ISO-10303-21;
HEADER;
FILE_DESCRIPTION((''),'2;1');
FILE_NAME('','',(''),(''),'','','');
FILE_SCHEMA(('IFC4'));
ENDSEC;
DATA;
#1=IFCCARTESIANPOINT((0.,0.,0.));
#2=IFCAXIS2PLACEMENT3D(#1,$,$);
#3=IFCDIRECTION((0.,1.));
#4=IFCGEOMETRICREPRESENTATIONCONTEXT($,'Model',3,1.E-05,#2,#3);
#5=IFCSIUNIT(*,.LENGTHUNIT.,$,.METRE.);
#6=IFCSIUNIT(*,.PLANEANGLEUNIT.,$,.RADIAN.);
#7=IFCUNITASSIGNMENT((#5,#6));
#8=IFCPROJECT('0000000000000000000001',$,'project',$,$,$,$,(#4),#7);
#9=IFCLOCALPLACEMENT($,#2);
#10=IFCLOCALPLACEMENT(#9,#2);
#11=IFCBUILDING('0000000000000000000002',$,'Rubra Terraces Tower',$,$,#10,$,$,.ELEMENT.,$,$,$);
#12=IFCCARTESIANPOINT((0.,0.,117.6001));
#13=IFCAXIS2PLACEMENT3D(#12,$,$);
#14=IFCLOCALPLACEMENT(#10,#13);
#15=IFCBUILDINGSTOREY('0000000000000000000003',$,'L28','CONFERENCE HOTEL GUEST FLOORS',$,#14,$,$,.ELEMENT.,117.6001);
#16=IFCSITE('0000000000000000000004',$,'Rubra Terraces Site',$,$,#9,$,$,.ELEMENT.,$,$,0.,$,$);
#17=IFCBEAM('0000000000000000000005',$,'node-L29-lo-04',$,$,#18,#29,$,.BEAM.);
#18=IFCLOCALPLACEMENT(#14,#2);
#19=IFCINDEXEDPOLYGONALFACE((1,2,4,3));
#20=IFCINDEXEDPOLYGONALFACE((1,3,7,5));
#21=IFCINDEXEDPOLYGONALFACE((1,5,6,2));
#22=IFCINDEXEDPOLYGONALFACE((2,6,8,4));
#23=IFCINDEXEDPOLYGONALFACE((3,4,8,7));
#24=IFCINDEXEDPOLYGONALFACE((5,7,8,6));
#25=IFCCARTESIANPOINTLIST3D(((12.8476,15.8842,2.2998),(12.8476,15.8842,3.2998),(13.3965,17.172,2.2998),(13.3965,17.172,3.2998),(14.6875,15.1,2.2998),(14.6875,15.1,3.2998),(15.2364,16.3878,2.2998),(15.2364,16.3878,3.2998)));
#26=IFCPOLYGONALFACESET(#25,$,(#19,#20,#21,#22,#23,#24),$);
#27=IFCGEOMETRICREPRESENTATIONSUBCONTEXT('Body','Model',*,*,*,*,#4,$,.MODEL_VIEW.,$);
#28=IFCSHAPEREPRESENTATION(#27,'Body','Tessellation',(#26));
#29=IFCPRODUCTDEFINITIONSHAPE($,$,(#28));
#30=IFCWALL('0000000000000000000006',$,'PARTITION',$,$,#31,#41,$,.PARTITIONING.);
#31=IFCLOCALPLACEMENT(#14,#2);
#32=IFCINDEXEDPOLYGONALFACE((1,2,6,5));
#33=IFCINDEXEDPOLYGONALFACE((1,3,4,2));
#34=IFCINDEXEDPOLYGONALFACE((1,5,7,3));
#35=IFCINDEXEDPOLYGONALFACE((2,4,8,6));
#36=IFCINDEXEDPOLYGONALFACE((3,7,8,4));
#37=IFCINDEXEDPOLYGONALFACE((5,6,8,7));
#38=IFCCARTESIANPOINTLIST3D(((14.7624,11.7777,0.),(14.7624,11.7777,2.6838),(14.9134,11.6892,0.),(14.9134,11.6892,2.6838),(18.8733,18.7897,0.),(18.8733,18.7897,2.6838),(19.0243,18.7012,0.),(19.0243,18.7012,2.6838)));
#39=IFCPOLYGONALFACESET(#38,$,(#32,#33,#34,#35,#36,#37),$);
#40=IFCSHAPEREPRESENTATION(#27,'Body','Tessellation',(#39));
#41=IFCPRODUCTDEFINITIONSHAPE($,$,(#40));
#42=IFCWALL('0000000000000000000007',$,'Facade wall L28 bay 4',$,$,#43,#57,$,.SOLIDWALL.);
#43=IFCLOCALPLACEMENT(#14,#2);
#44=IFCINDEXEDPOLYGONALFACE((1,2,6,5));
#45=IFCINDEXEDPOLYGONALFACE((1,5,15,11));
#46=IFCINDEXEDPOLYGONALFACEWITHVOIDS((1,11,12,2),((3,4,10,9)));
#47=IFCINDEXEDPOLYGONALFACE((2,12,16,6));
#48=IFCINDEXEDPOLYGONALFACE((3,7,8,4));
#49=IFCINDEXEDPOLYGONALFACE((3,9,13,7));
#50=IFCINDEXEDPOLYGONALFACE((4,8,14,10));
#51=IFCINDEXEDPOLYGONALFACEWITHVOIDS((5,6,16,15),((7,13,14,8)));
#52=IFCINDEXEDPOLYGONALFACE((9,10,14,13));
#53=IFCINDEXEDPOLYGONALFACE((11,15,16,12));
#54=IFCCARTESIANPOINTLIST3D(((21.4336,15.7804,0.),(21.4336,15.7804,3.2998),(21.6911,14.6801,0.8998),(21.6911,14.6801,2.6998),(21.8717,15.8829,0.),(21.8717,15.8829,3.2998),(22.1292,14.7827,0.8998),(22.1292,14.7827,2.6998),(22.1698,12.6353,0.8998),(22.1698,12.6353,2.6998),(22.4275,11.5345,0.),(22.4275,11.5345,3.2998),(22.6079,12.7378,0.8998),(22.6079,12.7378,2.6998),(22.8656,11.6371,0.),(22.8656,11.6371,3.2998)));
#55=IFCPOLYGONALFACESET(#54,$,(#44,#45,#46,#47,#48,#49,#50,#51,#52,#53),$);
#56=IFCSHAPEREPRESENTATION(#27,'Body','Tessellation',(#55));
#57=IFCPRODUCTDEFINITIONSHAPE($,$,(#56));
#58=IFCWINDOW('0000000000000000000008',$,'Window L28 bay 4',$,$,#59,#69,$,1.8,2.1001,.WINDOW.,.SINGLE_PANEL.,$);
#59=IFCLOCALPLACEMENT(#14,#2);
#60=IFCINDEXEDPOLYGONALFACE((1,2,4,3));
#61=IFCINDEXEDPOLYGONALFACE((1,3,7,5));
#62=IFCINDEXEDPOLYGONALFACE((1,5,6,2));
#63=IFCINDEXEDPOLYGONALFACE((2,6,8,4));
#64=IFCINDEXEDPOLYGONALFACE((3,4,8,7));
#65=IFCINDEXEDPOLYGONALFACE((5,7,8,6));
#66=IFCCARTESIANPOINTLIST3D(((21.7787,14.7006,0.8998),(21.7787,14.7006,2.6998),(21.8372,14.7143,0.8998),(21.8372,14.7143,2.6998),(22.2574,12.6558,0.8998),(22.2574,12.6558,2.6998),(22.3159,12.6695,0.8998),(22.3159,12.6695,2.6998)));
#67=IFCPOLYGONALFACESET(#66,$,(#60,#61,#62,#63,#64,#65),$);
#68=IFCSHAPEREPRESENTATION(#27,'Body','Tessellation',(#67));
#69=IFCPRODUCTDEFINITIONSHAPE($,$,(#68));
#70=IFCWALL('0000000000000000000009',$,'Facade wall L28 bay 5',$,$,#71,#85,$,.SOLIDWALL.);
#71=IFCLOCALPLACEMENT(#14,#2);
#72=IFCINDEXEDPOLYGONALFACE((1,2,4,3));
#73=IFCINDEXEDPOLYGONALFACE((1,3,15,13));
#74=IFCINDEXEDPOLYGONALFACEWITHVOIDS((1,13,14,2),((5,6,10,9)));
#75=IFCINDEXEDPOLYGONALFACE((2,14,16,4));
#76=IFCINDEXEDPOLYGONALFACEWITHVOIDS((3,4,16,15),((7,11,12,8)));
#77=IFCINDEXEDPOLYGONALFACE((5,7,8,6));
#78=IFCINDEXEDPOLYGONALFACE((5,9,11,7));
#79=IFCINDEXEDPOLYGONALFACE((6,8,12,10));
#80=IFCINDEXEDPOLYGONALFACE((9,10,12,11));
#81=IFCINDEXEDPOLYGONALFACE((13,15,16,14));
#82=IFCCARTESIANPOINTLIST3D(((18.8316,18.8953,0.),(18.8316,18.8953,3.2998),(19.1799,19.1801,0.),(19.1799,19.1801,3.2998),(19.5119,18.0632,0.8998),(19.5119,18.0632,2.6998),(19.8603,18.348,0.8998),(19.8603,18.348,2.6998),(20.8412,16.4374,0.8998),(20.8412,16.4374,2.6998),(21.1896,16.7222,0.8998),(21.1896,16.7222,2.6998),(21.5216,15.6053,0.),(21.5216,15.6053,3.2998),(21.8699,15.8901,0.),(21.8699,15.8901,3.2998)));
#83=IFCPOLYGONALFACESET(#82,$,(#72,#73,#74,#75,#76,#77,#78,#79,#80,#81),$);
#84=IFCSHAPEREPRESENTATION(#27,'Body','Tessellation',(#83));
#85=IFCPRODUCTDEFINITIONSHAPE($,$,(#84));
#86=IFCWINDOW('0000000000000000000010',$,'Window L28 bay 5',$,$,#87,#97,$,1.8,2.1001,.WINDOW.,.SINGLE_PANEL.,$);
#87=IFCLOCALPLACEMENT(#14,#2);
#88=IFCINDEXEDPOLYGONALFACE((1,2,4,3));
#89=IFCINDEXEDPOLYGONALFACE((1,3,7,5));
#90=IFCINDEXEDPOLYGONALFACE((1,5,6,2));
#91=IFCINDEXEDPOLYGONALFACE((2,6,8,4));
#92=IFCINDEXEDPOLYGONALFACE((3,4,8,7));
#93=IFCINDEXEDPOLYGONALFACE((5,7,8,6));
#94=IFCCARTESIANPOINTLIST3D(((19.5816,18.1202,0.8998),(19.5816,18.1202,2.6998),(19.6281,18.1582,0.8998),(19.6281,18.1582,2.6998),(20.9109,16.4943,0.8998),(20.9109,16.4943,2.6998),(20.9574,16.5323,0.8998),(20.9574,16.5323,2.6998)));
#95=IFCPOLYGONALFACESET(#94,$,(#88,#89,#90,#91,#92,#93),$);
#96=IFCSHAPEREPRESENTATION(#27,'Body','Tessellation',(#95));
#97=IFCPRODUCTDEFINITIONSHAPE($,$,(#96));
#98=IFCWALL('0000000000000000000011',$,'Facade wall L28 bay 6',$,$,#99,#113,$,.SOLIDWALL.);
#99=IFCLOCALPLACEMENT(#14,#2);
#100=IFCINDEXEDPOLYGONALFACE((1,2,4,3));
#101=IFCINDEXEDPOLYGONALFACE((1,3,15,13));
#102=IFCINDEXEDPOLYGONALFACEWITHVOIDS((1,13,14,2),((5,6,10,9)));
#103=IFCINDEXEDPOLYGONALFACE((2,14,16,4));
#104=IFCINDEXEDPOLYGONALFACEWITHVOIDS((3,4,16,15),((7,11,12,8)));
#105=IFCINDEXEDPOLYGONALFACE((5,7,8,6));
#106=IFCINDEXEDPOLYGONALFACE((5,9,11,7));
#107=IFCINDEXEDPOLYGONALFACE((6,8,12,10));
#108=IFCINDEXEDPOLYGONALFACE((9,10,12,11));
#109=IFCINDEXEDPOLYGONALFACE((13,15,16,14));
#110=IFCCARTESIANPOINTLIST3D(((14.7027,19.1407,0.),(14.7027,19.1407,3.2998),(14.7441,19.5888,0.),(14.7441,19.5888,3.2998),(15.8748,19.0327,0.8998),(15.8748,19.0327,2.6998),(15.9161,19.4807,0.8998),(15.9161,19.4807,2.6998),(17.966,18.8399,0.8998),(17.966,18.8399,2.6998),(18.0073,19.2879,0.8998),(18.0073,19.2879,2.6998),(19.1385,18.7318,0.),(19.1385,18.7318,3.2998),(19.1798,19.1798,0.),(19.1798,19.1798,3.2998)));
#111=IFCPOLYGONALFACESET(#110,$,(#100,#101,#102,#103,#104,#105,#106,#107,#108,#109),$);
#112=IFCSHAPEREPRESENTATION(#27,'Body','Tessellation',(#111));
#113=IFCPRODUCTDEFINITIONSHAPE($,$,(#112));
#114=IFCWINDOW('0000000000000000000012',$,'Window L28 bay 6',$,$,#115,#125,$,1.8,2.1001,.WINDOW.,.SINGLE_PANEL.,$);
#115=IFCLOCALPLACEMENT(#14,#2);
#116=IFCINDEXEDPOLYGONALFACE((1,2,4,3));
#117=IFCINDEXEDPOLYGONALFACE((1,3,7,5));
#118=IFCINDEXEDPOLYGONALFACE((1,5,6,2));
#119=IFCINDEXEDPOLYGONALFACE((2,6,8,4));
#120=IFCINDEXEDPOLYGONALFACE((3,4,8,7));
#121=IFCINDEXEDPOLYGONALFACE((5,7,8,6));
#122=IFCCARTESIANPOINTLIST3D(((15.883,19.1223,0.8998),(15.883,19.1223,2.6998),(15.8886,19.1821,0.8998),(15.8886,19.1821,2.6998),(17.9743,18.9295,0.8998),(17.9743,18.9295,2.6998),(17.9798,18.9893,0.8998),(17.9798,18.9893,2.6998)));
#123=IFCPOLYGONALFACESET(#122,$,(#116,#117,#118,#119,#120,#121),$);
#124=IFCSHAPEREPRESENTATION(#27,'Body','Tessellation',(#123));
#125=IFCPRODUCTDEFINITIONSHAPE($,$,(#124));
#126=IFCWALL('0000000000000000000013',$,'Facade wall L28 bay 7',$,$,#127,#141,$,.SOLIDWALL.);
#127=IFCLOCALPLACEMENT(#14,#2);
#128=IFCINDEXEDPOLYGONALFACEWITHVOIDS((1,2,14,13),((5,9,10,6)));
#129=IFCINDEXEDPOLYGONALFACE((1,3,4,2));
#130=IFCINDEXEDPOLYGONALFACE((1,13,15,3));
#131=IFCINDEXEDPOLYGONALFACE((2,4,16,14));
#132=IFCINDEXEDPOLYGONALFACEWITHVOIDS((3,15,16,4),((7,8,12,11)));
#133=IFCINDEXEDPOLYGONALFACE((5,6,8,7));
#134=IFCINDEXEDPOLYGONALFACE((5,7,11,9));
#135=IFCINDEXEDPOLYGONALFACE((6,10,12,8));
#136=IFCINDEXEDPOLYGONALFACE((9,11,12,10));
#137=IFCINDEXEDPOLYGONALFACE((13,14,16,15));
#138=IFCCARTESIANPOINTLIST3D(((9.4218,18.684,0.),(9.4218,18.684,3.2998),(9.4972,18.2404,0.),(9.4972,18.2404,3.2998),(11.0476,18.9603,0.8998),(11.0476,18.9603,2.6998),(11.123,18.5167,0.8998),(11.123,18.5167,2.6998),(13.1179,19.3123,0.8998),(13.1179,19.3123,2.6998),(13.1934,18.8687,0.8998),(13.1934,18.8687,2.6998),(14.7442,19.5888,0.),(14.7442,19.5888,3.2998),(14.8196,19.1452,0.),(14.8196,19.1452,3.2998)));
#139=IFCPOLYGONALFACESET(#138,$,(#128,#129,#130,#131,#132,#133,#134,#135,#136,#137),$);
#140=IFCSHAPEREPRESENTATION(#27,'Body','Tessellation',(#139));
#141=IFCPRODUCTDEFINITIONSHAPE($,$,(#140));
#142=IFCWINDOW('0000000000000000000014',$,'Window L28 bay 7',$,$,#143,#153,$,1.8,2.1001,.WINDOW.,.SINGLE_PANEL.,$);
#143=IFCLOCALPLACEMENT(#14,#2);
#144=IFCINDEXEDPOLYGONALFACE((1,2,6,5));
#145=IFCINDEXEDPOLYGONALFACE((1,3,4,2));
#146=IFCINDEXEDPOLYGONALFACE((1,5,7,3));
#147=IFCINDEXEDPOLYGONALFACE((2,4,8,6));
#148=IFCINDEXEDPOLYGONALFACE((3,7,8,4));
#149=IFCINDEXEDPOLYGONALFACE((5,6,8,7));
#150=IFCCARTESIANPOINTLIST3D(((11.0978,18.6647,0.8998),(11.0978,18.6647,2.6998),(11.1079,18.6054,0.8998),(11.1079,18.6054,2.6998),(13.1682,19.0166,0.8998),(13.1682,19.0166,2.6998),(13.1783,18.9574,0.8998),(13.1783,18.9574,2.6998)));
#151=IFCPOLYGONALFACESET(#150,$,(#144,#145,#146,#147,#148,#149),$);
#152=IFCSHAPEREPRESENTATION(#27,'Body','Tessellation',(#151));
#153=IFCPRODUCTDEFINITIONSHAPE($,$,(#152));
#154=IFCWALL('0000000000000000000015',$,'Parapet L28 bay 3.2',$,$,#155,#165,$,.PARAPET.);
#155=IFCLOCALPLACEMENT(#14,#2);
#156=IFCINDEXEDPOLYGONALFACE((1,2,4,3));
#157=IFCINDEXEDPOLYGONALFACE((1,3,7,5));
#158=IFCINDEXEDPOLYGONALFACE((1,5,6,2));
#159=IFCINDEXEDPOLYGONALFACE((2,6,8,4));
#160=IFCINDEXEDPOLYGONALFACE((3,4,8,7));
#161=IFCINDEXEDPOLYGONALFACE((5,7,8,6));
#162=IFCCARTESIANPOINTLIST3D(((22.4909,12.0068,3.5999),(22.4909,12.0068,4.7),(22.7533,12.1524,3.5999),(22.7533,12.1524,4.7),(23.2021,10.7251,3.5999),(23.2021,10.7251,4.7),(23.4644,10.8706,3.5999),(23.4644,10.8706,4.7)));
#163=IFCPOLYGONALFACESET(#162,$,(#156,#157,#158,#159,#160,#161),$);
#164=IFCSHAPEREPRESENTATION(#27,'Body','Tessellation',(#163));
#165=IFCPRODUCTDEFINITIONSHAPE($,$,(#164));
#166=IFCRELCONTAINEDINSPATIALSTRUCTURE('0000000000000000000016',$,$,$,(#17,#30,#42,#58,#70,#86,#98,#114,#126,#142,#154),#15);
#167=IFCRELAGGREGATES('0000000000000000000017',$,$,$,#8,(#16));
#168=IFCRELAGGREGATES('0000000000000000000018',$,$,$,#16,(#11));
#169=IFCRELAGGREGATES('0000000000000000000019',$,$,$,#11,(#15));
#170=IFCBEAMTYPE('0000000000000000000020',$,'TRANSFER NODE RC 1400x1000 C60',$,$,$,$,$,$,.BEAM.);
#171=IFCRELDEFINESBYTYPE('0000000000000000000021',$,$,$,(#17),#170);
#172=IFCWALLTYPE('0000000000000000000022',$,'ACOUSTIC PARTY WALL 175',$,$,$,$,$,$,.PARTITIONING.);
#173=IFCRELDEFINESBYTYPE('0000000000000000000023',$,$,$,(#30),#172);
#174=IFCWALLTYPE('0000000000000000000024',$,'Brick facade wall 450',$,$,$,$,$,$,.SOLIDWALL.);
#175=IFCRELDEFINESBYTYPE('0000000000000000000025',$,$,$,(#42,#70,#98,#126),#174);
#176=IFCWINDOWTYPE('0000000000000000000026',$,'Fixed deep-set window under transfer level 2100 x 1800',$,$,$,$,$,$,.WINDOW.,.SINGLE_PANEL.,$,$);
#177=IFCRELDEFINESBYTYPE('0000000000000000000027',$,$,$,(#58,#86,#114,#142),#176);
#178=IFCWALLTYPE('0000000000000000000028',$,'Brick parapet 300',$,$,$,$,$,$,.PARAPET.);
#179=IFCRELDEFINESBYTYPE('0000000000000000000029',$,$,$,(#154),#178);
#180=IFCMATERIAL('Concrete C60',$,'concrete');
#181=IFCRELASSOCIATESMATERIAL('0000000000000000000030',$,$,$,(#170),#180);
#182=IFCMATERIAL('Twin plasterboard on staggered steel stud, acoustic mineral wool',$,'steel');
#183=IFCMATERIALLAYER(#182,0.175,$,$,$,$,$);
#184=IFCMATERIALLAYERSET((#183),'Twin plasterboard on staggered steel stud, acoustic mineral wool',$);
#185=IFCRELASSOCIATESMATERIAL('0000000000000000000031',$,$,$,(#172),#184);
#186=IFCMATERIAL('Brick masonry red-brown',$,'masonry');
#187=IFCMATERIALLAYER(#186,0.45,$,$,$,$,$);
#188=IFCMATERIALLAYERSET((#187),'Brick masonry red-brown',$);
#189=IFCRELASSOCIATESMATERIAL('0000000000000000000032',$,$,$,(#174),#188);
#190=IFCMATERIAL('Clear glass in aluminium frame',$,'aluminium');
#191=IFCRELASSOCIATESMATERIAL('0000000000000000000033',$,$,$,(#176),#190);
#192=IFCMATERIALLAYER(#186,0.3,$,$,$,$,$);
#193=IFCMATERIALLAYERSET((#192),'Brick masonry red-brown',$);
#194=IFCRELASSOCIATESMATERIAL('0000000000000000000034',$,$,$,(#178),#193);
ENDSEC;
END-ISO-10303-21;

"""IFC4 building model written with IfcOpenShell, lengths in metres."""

from ifc_helpers import new_model, si_unit, direction, frame, frame_2d, origin, origin_2d, place, context, subcontext, project, spatial, rectangle, extrude, material, layer, layer_set, material_profile, profile_set, type_object, element, fill, save


model = new_model("IFC4")

# Units and contexts
model_context = context("Model", 3, precision=1e-05, world=origin(), true_north=direction((0.0, 1.0)))
body_context = subcontext(model_context, "Body", "Model", "MODEL_VIEW")
ifc_project = project(units=[si_unit("LENGTHUNIT", "METRE"), si_unit("PLANEANGLEUNIT", "RADIAN")], contexts=[model_context])

# Site, building, storey
site_placement = place(None, origin())
site = spatial("IfcSite", under=ifc_project, at=site_placement, Name="Rubra Terraces Site", CompositionType="ELEMENT", RefElevation=0.0)
building_placement = place(site_placement, origin())
building = spatial("IfcBuilding", under=site, at=building_placement, Name="Rubra Terraces Tower", CompositionType="ELEMENT")
storey_placement = place(building_placement, frame((0.0, 0.0, 117.6001)))
storey = spatial("IfcBuildingStorey", under=building, at=storey_placement, Name="L28", Description="CONFERENCE HOTEL GUEST FLOORS", CompositionType="ELEMENT", Elevation=117.6001)

# Shared definitions
ifc_material_1 = material(Name="Concrete C60", Category="concrete")

# Beam
ifc_material_profile_1 = material_profile(ifc_material_1, rectangle(XDim=1.3999, YDim=1.0, at=origin_2d()), Name="RC 1400x1000")
ifc_profile_set_1 = profile_set([ifc_material_profile_1], Name="Concrete C60")
beam_type_1 = type_object("IfcBeamType", Name="TRANSFER NODE RC 1400x1000 C60", PredefinedType="BEAM", material=ifc_profile_set_1)
beam_1_placement = place(storey_placement, frame((14.9619, 15.7439, 2.7998), z_axis=(-0.919926, 0.392092, 0.0), x_axis=(-0.392092, -0.919926, 0.0)))
element("IfcBeam", 1, at=beam_1_placement, inside=storey, type_object=beam_type_1, Name="node-L29-lo-04", PredefinedType="BEAM", context=body_context, shape_type="SweptSolid", body=[
    extrude(rectangle(XDim=1.3999, YDim=1.0, at=origin_2d()), origin(), (0.0, 0.0, 1.0), 2.0),
])

# Wall
ifc_material_2 = material(Name="Twin plasterboard on staggered steel stud, acoustic mineral wool", Category="steel")
ifc_layer_1 = layer(ifc_material_2, 0.175)
ifc_layer_set_1 = layer_set([ifc_layer_1], Name="Twin plasterboard on staggered steel stud, acoustic mineral wool")
wall_type_1 = type_object("IfcWallType", Name="ACOUSTIC PARTY WALL 175", PredefinedType="PARTITIONING", material=ifc_layer_set_1)
wall_1_placement = place(storey_placement, frame((18.9487, 18.7454, 0.0), z_axis=(0.0, 0.0, 1.0), x_axis=(-0.505754, -0.862678, 0.0)))
element("IfcWall", 2, at=wall_1_placement, inside=storey, type_object=wall_type_1, Name="PARTITION", PredefinedType="PARTITIONING", context=body_context, shape_type="SweptSolid", body=[
    extrude(rectangle(XDim=8.1282, YDim=0.175, at=frame_2d((4.064, 0.0))), origin(), (0.0, 0.0, 1.0), 2.6838),
])

# Walls, openings, windows
ifc_material_3 = material(Name="Brick masonry red-brown", Category="masonry")
ifc_layer_2 = layer(ifc_material_3, 0.45)
ifc_layer_set_2 = layer_set([ifc_layer_2], Name="Brick masonry red-brown")
wall_type_2 = type_object("IfcWallType", Name="Brick facade wall 450", PredefinedType="SOLIDWALL", material=ifc_layer_set_2)
wall_2_placement = place(storey_placement, frame((22.6465, 11.5859, 0.0), z_axis=(0.0, 0.0, 1.0), x_axis=(-0.227925, 0.973679, 0.0)))
wall_2 = element("IfcWall", 3, at=wall_2_placement, inside=storey, type_object=wall_type_2, Name="Facade wall L28 bay 4", PredefinedType="SOLIDWALL", context=body_context, shape_type="SweptSolid", body=[
    extrude(rectangle(XDim=4.3606, YDim=0.45, at=frame_2d((2.1802, 0.0))), origin(), (0.0, 0.0, 1.0), 3.2998),
])
opening_1_placement = place(wall_2_placement, frame((1.1304, 0.0, 0.8999)))
opening_1 = element("IfcOpeningElement", 4, at=opening_1_placement, cuts=wall_2, PredefinedType="OPENING", context=body_context, shape_type="SweptSolid", body=[
    extrude(rectangle(XDim=2.1001, YDim=1.8, at=frame_2d((1.05, 0.8999))), frame((0.0, 0.2349, 0.0), z_axis=(0.0, -1.0, 0.0), x_axis=(1.0, 0.0, 0.0)), (0.0, 0.0, 1.0), 0.47),
])
ifc_material_4 = material(Name="Clear glass in aluminium frame", Category="aluminium")
window_type = type_object("IfcWindowType", Name="Fixed deep-set window under transfer level 2100 x 1800", PartitioningType="SINGLE_PANEL", PredefinedType="WINDOW", material=ifc_material_4)
window_1_placement = place(opening_1_placement, origin())
window_1 = element("IfcWindow", 5, at=window_1_placement, inside=storey, type_object=window_type, Name="Window L28 bay 4", OverallHeight=1.8, OverallWidth=2.1001, PartitioningType="SINGLE_PANEL", PredefinedType="WINDOW", context=body_context, shape_type="SweptSolid", body=[
    extrude(rectangle(XDim=2.1001, YDim=1.8, at=frame_2d((1.05, 0.8999))), frame((0.0, 0.135, 0.0), z_axis=(0.0, -1.0, 0.0), x_axis=(1.0, 0.0, 0.0)), (0.0, 0.0, 1.0), 0.0601),
])
fill(opening_1, window_1)
wall_3_placement = place(storey_placement, frame((21.6958, 15.7476, 0.0), z_axis=(0.0, 0.0, 1.0), x_axis=(-0.632969, 0.774177, 0.0)))
wall_3 = element("IfcWall", 6, at=wall_3_placement, inside=storey, type_object=wall_type_2, Name="Facade wall L28 bay 5", PredefinedType="SOLIDWALL", context=body_context, shape_type="SweptSolid", body=[
    extrude(rectangle(XDim=4.2498, YDim=0.45, at=frame_2d((2.125, 0.0))), origin(), (0.0, 0.0, 1.0), 3.2998),
])
opening_2_placement = place(wall_3_placement, frame((1.075, 0.0, 0.8999)))
opening_2 = element("IfcOpeningElement", 7, at=opening_2_placement, cuts=wall_3, PredefinedType="OPENING", context=body_context, shape_type="SweptSolid", body=[
    extrude(rectangle(XDim=2.1001, YDim=1.8, at=frame_2d((1.05, 0.8999))), frame((0.0, 0.2349, 0.0), z_axis=(0.0, -1.0, 0.0), x_axis=(1.0, 0.0, 0.0)), (0.0, 0.0, 1.0), 0.47),
])
window_2_placement = place(opening_2_placement, origin())
window_2 = element("IfcWindow", 8, at=window_2_placement, inside=storey, type_object=window_type, Name="Window L28 bay 5", OverallHeight=1.8, OverallWidth=2.1001, PartitioningType="SINGLE_PANEL", PredefinedType="WINDOW", context=body_context, shape_type="SweptSolid", body=[
    extrude(rectangle(XDim=2.1001, YDim=1.8, at=frame_2d((1.05, 0.8999))), frame((0.0, 0.135, 0.0), z_axis=(0.0, -1.0, 0.0), x_axis=(1.0, 0.0, 0.0)), (0.0, 0.0, 1.0), 0.0601),
])
fill(opening_2, window_2)
wall_4_placement = place(storey_placement, frame((19.1592, 18.9558, 0.0), z_axis=(0.0, 0.0, 1.0), x_axis=(-0.995777, 0.091801, 0.0)))
wall_4 = element("IfcWall", 9, at=wall_4_placement, inside=storey, type_object=wall_type_2, Name="Facade wall L28 bay 6", PredefinedType="SOLIDWALL", context=body_context, shape_type="SweptSolid", body=[
    extrude(rectangle(XDim=4.4546, YDim=0.45, at=frame_2d((2.2273, 0.0))), origin(), (0.0, 0.0, 1.0), 3.2998),
])
opening_3_placement = place(wall_4_placement, frame((1.1775, 0.0, 0.8999)))
opening_3 = element("IfcOpeningElement", 10, at=opening_3_placement, cuts=wall_4, PredefinedType="OPENING", context=body_context, shape_type="SweptSolid", body=[
    extrude(rectangle(XDim=2.1001, YDim=1.8, at=frame_2d((1.05, 0.8999))), frame((0.0, 0.2349, 0.0), z_axis=(0.0, -1.0, 0.0), x_axis=(1.0, 0.0, 0.0)), (0.0, 0.0, 1.0), 0.47),
])
window_3_placement = place(opening_3_placement, origin())
window_3 = element("IfcWindow", 11, at=window_3_placement, inside=storey, type_object=window_type, Name="Window L28 bay 6", OverallHeight=1.8, OverallWidth=2.1001, PartitioningType="SINGLE_PANEL", PredefinedType="WINDOW", context=body_context, shape_type="SweptSolid", body=[
    extrude(rectangle(XDim=2.1001, YDim=1.8, at=frame_2d((1.05, 0.8999))), frame((0.0, 0.135, 0.0), z_axis=(0.0, -1.0, 0.0), x_axis=(1.0, 0.0, 0.0)), (0.0, 0.0, 1.0), 0.0601),
])
fill(opening_3, window_3)
wall_5_placement = place(storey_placement, frame((14.7817, 19.3669, 0.0), z_axis=(0.0, 0.0, 1.0), x_axis=(-0.985856, -0.167595, 0.0)))
wall_5 = element("IfcWall", 12, at=wall_5_placement, inside=storey, type_object=wall_type_2, Name="Facade wall L28 bay 7", PredefinedType="SOLIDWALL", context=body_context, shape_type="SweptSolid", body=[
    extrude(rectangle(XDim=5.3987, YDim=0.45, at=frame_2d((2.6992, 0.0))), origin(), (0.0, 0.0, 1.0), 3.2998),
])
opening_4_placement = place(wall_5_placement, frame((1.6494, 0.0, 0.8999)))
opening_4 = element("IfcOpeningElement", 13, at=opening_4_placement, cuts=wall_5, PredefinedType="OPENING", context=body_context, shape_type="SweptSolid", body=[
    extrude(rectangle(XDim=2.1001, YDim=1.8, at=frame_2d((1.05, 0.8999))), frame((0.0, 0.2349, 0.0), z_axis=(0.0, -1.0, 0.0), x_axis=(1.0, 0.0, 0.0)), (0.0, 0.0, 1.0), 0.47),
])
window_4_placement = place(opening_4_placement, origin())
window_4 = element("IfcWindow", 14, at=window_4_placement, inside=storey, type_object=window_type, Name="Window L28 bay 7", OverallHeight=1.8, OverallWidth=2.1001, PartitioningType="SINGLE_PANEL", PredefinedType="WINDOW", context=body_context, shape_type="SweptSolid", body=[
    extrude(rectangle(XDim=2.1001, YDim=1.8, at=frame_2d((1.05, 0.8999))), frame((0.0, 0.135, 0.0), z_axis=(0.0, -1.0, 0.0), x_axis=(1.0, 0.0, 0.0)), (0.0, 0.0, 1.0), 0.0601),
])
fill(opening_4, window_4)

# Wall
ifc_layer_3 = layer(ifc_material_3, 0.3)
ifc_layer_set_3 = layer_set([ifc_layer_3], Name="Brick masonry red-brown")
wall_type_3 = type_object("IfcWallType", Name="Brick parapet 300", PredefinedType="PARAPET", material=ifc_layer_set_3)
wall_6_placement = place(storey_placement, frame((23.3333, 10.7979, 3.5999), z_axis=(0.0, 0.0, 1.0), x_axis=(-0.485176, 0.874416, 0.0)))
element("IfcWall", 15, at=wall_6_placement, inside=storey, type_object=wall_type_3, Name="Parapet L28 bay 3.2", PredefinedType="PARAPET", context=body_context, shape_type="SweptSolid", body=[
    extrude(rectangle(XDim=1.4658, YDim=0.3, at=frame_2d((0.7329, 0.0))), origin(), (0.0, 0.0, 1.0), 1.1001),
])

save(model, "model.ifc")
